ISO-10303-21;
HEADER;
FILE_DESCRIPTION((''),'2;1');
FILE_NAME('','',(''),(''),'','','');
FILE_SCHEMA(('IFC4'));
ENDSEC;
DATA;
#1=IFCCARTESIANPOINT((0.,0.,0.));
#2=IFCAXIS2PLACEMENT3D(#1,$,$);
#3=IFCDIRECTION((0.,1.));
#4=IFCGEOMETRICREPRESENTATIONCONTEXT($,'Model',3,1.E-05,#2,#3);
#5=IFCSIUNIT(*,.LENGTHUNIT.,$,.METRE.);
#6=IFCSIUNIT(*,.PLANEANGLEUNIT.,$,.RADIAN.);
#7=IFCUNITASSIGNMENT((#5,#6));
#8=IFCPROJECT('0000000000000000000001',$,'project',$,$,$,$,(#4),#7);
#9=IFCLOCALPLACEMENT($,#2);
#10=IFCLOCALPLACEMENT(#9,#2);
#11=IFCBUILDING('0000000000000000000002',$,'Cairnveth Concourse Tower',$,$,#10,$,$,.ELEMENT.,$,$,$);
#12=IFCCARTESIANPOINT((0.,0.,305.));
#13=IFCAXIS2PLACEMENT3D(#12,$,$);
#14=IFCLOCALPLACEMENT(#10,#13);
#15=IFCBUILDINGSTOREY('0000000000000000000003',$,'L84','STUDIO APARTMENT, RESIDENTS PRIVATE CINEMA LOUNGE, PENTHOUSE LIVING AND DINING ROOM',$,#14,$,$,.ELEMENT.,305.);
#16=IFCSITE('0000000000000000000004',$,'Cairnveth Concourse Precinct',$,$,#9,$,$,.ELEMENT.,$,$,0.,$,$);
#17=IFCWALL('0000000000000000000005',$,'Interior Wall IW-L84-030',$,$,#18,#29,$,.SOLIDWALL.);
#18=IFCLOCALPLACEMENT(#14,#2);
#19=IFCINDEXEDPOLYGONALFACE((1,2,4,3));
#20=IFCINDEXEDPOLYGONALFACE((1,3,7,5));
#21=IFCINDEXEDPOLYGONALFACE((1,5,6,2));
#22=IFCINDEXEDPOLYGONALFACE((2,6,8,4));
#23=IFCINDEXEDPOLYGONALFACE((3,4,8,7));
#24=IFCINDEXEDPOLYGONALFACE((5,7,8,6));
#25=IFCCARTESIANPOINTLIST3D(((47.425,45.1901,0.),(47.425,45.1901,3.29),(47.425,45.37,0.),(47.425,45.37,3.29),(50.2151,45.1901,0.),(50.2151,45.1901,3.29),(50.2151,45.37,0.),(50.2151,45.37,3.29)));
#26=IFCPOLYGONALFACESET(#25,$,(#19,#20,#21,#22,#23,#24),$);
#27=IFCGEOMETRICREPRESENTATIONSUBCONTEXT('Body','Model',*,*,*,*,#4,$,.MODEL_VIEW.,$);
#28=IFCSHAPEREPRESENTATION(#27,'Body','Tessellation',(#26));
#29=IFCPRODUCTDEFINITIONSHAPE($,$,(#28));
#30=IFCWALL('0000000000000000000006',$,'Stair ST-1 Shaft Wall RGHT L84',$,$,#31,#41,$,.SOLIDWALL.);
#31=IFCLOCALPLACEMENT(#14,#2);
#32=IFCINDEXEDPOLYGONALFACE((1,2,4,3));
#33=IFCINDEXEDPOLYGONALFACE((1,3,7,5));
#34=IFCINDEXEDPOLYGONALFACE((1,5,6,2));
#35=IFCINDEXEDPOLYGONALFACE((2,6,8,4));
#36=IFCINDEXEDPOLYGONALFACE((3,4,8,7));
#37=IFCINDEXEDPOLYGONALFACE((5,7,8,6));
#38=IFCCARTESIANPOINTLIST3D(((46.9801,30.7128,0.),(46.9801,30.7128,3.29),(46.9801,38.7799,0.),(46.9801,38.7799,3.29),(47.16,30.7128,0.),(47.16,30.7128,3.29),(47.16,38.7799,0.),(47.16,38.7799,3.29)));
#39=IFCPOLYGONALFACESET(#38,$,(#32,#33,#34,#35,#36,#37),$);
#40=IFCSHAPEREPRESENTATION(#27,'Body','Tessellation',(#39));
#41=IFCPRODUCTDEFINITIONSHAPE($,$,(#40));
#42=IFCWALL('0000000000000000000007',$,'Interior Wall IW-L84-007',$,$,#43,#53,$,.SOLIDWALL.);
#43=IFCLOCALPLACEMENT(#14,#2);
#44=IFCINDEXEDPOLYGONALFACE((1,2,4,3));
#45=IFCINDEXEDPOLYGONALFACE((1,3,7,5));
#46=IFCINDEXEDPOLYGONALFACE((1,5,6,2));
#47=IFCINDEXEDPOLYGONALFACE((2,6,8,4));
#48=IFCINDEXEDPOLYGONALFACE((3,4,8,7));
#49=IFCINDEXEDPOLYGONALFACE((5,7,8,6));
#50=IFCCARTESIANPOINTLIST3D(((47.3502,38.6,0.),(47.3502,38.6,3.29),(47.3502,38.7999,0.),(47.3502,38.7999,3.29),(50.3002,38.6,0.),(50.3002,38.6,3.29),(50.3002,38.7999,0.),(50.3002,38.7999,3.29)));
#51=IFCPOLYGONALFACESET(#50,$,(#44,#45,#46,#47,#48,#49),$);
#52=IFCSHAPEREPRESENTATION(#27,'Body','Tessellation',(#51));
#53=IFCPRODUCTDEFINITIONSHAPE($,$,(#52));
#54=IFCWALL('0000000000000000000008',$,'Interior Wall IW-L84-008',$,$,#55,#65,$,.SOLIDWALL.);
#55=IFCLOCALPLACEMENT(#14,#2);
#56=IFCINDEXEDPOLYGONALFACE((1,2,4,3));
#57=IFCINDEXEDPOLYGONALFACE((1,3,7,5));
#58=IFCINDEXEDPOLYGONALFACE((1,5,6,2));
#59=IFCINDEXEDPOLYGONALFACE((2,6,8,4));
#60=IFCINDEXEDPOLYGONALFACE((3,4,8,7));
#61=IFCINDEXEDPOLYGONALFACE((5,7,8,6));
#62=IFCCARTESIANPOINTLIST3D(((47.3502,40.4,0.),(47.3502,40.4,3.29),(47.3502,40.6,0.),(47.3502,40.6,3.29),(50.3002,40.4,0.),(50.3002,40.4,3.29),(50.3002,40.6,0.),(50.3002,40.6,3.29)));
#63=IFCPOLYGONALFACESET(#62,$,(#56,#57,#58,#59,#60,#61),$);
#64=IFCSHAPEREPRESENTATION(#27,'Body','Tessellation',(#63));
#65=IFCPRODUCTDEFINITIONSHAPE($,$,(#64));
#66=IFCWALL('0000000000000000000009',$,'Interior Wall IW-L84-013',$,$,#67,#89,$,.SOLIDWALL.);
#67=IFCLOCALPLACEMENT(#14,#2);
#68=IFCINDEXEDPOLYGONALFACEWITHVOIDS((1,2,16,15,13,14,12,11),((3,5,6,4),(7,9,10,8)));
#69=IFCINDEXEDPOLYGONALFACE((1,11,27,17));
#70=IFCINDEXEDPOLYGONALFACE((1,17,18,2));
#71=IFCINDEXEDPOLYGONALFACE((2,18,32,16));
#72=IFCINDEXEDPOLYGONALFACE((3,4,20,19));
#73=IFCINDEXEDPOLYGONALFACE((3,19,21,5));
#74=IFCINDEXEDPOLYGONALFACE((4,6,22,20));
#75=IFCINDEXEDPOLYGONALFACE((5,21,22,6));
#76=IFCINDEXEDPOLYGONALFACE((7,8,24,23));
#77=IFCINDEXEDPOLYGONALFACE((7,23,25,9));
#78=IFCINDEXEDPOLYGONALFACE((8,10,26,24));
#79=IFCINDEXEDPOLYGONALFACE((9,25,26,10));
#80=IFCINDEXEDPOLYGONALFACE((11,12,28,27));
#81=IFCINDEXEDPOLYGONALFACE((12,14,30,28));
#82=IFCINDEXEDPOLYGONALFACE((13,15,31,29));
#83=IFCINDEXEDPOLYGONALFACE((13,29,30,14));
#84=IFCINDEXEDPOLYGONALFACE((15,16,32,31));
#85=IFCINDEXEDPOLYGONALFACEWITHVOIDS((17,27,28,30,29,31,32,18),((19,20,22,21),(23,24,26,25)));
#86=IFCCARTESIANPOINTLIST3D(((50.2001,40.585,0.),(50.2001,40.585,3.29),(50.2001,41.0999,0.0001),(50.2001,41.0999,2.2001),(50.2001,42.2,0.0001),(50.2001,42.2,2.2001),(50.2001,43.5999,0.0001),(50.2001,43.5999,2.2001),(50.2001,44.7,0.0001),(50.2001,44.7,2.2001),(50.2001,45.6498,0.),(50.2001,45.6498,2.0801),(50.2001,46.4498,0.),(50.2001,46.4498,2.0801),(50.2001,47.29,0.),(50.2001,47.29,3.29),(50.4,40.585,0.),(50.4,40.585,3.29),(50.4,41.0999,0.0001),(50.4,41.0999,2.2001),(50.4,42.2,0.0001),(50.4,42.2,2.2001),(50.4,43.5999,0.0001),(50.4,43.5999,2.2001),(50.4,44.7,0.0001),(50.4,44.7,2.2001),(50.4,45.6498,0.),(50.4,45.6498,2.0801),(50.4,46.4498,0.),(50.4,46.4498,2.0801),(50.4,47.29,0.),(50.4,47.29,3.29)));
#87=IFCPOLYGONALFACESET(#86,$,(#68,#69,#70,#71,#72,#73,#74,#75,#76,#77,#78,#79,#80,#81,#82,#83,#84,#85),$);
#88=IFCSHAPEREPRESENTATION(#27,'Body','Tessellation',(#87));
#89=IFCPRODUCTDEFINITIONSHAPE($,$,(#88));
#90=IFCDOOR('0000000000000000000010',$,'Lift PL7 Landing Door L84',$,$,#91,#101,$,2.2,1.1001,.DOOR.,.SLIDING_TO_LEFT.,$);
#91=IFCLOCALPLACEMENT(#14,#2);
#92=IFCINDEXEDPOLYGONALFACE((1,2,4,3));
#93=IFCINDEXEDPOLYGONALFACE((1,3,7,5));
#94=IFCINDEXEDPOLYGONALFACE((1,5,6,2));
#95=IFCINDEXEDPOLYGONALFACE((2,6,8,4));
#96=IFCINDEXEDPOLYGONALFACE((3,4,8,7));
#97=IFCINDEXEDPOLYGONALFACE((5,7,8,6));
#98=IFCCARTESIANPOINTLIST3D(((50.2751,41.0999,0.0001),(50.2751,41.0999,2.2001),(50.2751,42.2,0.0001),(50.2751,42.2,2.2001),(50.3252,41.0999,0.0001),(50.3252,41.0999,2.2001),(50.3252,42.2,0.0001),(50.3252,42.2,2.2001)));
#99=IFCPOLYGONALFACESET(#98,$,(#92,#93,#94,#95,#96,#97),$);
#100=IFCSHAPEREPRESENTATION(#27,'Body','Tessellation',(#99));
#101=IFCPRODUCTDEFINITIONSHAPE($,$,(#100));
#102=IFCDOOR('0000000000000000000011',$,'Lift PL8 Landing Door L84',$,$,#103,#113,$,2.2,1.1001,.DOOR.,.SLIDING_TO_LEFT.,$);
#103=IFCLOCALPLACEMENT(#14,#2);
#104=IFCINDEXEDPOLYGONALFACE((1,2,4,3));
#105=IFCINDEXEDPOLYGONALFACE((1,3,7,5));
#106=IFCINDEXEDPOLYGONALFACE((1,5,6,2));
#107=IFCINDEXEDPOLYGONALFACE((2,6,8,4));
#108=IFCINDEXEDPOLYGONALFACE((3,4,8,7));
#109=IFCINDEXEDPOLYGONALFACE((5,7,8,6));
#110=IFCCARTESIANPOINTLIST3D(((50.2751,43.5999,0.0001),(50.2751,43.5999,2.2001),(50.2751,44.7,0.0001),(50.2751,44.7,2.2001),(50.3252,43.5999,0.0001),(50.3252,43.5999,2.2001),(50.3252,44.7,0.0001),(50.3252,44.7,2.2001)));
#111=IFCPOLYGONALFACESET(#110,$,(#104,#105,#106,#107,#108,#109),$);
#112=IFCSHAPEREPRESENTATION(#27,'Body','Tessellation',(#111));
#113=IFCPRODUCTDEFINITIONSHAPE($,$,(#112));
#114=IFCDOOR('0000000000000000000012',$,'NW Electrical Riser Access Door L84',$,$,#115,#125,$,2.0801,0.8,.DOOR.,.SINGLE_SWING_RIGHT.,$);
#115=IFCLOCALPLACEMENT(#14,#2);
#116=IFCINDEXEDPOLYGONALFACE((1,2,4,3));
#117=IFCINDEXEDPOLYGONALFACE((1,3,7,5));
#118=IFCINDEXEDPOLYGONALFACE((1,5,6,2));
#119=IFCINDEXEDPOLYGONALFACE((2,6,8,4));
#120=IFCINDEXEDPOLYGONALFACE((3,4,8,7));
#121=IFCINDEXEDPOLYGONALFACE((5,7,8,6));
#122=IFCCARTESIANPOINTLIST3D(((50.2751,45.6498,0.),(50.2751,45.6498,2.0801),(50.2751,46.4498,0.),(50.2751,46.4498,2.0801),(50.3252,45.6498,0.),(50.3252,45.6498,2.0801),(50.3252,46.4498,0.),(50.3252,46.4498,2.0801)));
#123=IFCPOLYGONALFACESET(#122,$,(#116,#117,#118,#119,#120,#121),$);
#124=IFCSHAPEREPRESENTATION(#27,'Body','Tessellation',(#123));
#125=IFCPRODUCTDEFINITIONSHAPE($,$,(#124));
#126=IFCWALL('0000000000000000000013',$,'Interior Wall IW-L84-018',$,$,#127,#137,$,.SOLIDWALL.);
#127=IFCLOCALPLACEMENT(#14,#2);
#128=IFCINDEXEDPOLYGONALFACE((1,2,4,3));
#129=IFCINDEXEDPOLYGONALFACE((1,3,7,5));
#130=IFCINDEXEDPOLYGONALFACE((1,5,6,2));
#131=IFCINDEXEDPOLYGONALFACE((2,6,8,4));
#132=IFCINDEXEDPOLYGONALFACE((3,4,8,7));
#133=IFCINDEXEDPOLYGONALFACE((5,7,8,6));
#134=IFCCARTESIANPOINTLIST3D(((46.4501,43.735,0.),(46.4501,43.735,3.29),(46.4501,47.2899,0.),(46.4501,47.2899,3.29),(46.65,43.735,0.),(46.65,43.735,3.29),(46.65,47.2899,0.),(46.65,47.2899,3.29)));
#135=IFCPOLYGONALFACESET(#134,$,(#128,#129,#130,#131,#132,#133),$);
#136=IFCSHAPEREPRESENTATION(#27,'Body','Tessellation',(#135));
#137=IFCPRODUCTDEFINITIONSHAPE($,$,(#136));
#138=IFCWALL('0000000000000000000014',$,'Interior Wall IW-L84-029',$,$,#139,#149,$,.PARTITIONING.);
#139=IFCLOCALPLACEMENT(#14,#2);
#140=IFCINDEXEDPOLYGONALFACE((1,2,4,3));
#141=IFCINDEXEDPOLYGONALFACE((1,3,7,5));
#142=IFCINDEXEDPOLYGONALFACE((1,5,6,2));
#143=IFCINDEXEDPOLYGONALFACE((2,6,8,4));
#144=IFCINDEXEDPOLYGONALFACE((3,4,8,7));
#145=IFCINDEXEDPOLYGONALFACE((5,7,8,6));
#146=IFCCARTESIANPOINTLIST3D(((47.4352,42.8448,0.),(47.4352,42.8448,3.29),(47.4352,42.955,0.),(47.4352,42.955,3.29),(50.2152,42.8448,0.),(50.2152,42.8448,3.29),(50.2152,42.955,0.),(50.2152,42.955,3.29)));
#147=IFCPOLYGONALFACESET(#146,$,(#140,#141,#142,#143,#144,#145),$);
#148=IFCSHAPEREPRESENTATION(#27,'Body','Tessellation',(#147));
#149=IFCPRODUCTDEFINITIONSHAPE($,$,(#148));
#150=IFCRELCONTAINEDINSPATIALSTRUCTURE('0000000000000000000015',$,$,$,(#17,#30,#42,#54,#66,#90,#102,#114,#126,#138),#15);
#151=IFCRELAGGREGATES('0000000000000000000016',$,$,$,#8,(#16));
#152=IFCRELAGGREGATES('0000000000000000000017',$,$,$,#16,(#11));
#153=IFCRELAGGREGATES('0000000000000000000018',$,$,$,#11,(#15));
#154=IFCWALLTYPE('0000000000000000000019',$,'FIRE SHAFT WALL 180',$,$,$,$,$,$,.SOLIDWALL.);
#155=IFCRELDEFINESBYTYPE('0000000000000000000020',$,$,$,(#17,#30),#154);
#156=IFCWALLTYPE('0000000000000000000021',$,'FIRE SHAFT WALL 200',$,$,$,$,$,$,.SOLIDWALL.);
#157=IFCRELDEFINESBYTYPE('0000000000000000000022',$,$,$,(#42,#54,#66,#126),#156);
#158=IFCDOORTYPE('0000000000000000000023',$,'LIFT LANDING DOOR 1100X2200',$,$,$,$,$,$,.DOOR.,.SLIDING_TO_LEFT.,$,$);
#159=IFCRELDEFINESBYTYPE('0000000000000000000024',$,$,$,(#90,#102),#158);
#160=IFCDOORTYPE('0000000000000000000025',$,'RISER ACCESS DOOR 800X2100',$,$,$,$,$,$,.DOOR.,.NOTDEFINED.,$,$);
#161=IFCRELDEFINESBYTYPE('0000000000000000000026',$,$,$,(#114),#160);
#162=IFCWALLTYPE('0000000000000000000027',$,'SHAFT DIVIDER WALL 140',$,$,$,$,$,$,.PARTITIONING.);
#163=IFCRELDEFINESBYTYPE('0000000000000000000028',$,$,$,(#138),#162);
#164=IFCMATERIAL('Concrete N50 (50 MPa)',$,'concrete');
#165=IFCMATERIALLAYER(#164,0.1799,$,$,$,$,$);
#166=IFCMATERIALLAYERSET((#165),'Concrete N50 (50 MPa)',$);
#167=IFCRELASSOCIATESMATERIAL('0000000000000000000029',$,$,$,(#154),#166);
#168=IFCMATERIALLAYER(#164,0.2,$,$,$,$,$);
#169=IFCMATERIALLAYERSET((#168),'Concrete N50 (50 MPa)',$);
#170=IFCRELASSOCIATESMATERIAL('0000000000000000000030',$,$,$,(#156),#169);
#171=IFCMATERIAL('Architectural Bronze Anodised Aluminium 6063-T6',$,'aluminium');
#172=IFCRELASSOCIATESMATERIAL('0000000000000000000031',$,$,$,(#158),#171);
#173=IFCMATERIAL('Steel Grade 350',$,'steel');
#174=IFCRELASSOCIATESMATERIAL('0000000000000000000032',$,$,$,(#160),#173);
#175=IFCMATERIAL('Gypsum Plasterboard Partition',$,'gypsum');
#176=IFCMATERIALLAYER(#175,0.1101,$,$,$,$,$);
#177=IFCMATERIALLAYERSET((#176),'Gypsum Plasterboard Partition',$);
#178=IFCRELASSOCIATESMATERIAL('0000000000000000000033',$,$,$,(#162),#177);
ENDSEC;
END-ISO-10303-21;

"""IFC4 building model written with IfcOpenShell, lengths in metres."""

from ifc_helpers import new_model, si_unit, direction, frame, frame_2d, origin, place, context, subcontext, project, spatial, rectangle, extrude, material, layer, layer_set, type_object, element, fill, save


model = new_model("IFC4")

# Units and contexts
model_context = context("Model", 3, precision=1e-05, world=origin(), true_north=direction((0.0, 1.0)))
body_context = subcontext(model_context, "Body", "Model", "MODEL_VIEW")
ifc_project = project(units=[si_unit("LENGTHUNIT", "METRE"), si_unit("PLANEANGLEUNIT", "RADIAN")], contexts=[model_context])

# Site, building, storey
site_placement = place(None, origin())
site = spatial("IfcSite", under=ifc_project, at=site_placement, Name="Cairnveth Concourse Precinct", CompositionType="ELEMENT", RefElevation=0.0)
building_placement = place(site_placement, origin())
building = spatial("IfcBuilding", under=site, at=building_placement, Name="Cairnveth Concourse Tower", CompositionType="ELEMENT")
storey_placement = place(building_placement, frame((0.0, 0.0, 305.0)))
storey = spatial("IfcBuildingStorey", under=building, at=storey_placement, Name="L84", Description="STUDIO APARTMENT, RESIDENTS PRIVATE CINEMA LOUNGE, PENTHOUSE LIVING AND DINING ROOM", CompositionType="ELEMENT", Elevation=305.0)

# Shared definitions
ifc_material_1 = material(Name="Steel Grade 350", Category="steel")

# Walls
ifc_material_2 = material(Name="Concrete N50 (50 MPa)", Category="concrete")
ifc_layer_1 = layer(ifc_material_2, 0.1799)
ifc_layer_set_1 = layer_set([ifc_layer_1], Name="Concrete N50 (50 MPa)")
wall_type_1 = type_object("IfcWallType", Name="FIRE SHAFT WALL 180", PredefinedType="SOLIDWALL", material=ifc_layer_set_1)
wall_1_placement = place(storey_placement, frame((47.425, 45.28, 0.0), z_axis=(0.0, 0.0, 1.0), x_axis=(1.0, 0.0, 0.0)))
element("IfcWall", 1, at=wall_1_placement, inside=storey, type_object=wall_type_1, Name="Interior Wall IW-L84-030", PredefinedType="SOLIDWALL", context=body_context, shape_type="SweptSolid", body=[
    extrude(rectangle(XDim=2.79, YDim=0.1799, at=frame_2d((1.395, 0.0))), origin(), (0.0, 0.0, 1.0), 3.29),
])
wall_2_placement = place(storey_placement, frame((47.0701, 38.78, 0.0), z_axis=(0.0, 0.0, 1.0), x_axis=(0.0, -1.0, 0.0)))
element("IfcWall", 2, at=wall_2_placement, inside=storey, type_object=wall_type_1, Name="Stair ST-1 Shaft Wall RGHT L84", PredefinedType="SOLIDWALL", context=body_context, shape_type="SweptSolid", body=[
    extrude(rectangle(XDim=8.0671, YDim=0.1799, at=frame_2d((4.0337, 0.0))), origin(), (0.0, 0.0, 1.0), 3.29),
])
ifc_layer_2 = layer(ifc_material_2, 0.2)
ifc_layer_set_2 = layer_set([ifc_layer_2], Name="Concrete N50 (50 MPa)")
wall_type_2 = type_object("IfcWallType", Name="FIRE SHAFT WALL 200", PredefinedType="SOLIDWALL", material=ifc_layer_set_2)
for number, where, z_axis, x_axis, name in (
    (3, (47.3501, 38.7, 0.0), (0.0, 0.0, 1.0), (1.0, 0.0, 0.0), "Interior Wall IW-L84-007"),
    (4, (47.3501, 40.5, 0.0), (0.0, 0.0, 1.0), (1.0, 0.0, 0.0), "Interior Wall IW-L84-008"),
):
    element("IfcWall", number, at=place(storey_placement, frame(where, z_axis=z_axis, x_axis=x_axis)), inside=storey, type_object=wall_type_2, Name=name, PredefinedType="SOLIDWALL", context=body_context, shape_type="SweptSolid", body=[
        extrude(rectangle(XDim=2.95, YDim=0.2, at=frame_2d((1.4751, 0.0))), origin(), (0.0, 0.0, 1.0), 3.29),
    ])

# Wall, openings, doors
wall_3_placement = place(storey_placement, frame((50.3, 40.585, 0.0), z_axis=(0.0, 0.0, 1.0), x_axis=(0.0, 1.0, 0.0)))
wall_3 = element("IfcWall", 5, at=wall_3_placement, inside=storey, type_object=wall_type_2, Name="Interior Wall IW-L84-013", PredefinedType="SOLIDWALL", context=body_context, shape_type="SweptSolid", body=[
    extrude(rectangle(XDim=6.7051, YDim=0.2, at=frame_2d((3.3525, 0.0))), origin(), (0.0, 0.0, 1.0), 3.29),
])
opening_1_placement = place(wall_3_placement, frame((0.5149, 0.0, 0.0)))
opening_1 = element("IfcOpeningElement", 6, at=opening_1_placement, cuts=wall_3, PredefinedType="OPENING", context=body_context, shape_type="SweptSolid", body=[
    extrude(rectangle(XDim=1.1001, YDim=2.2, at=frame_2d((0.55, 1.1001))), frame((0.0, 0.1099, 0.0), z_axis=(0.0, -1.0, 0.0), x_axis=(1.0, 0.0, 0.0)), (0.0, 0.0, 1.0), 0.22),
])
opening_2_placement = place(wall_3_placement, frame((3.0149, 0.0, 0.0)))
opening_2 = element("IfcOpeningElement", 7, at=opening_2_placement, cuts=wall_3, PredefinedType="OPENING", context=body_context, shape_type="SweptSolid", body=[
    extrude(rectangle(XDim=1.1001, YDim=2.2, at=frame_2d((0.55, 1.1001))), frame((0.0, 0.1099, 0.0), z_axis=(0.0, -1.0, 0.0), x_axis=(1.0, 0.0, 0.0)), (0.0, 0.0, 1.0), 0.22),
])
opening_3_placement = place(wall_3_placement, frame((5.0649, 0.0, 0.0)))
opening_3 = element("IfcOpeningElement", 8, at=opening_3_placement, cuts=wall_3, PredefinedType="OPENING", context=body_context, shape_type="SweptSolid", body=[
    extrude(rectangle(XDim=0.8, YDim=2.0801, at=frame_2d((0.3999, 1.04))), frame((0.0, 0.1099, 0.0), z_axis=(0.0, -1.0, 0.0), x_axis=(1.0, 0.0, 0.0)), (0.0, 0.0, 1.0), 0.22),
])
ifc_material_3 = material(Name="Architectural Bronze Anodised Aluminium 6063-T6", Category="aluminium")
door_type_1 = type_object("IfcDoorType", Name="LIFT LANDING DOOR 1100X2200", OperationType="SLIDING_TO_LEFT", PredefinedType="DOOR", material=ifc_material_3)
door_1_placement = place(opening_1_placement, origin())
door_1 = element("IfcDoor", 9, at=door_1_placement, inside=storey, type_object=door_type_1, Name="Lift PL7 Landing Door L84", OperationType="SLIDING_TO_LEFT", OverallHeight=2.2, OverallWidth=1.1001, PredefinedType="DOOR", context=body_context, shape_type="SweptSolid", body=[
    extrude(rectangle(XDim=1.1001, YDim=2.2, at=frame_2d((0.55, 1.1001))), frame((0.0, 0.0249, 0.0), z_axis=(0.0, -1.0, 0.0), x_axis=(1.0, 0.0, 0.0)), (0.0, 0.0, 1.0), 0.05),
])
fill(opening_1, door_1)
door_2_placement = place(opening_2_placement, origin())
door_2 = element("IfcDoor", 10, at=door_2_placement, inside=storey, type_object=door_type_1, Name="Lift PL8 Landing Door L84", OperationType="SLIDING_TO_LEFT", OverallHeight=2.2, OverallWidth=1.1001, PredefinedType="DOOR", context=body_context, shape_type="SweptSolid", body=[
    extrude(rectangle(XDim=1.1001, YDim=2.2, at=frame_2d((0.55, 1.1001))), frame((0.0, 0.0249, 0.0), z_axis=(0.0, -1.0, 0.0), x_axis=(1.0, 0.0, 0.0)), (0.0, 0.0, 1.0), 0.05),
])
fill(opening_2, door_2)
door_type_2 = type_object("IfcDoorType", Name="RISER ACCESS DOOR 800X2100", OperationType="NOTDEFINED", PredefinedType="DOOR", material=ifc_material_1)
door_3_placement = place(opening_3_placement, origin())
door_3 = element("IfcDoor", 11, at=door_3_placement, inside=storey, type_object=door_type_2, Name="NW Electrical Riser Access Door L84", OperationType="SINGLE_SWING_RIGHT", OverallHeight=2.0801, OverallWidth=0.8, PredefinedType="DOOR", context=body_context, shape_type="SweptSolid", body=[
    extrude(rectangle(XDim=0.8, YDim=2.0801, at=frame_2d((0.3999, 1.04))), frame((0.0, 0.0249, 0.0), z_axis=(0.0, -1.0, 0.0), x_axis=(1.0, 0.0, 0.0)), (0.0, 0.0, 1.0), 0.05),
])
fill(opening_3, door_3)

# Walls
wall_4_placement = place(storey_placement, frame((46.55, 43.7351, 0.0), z_axis=(0.0, 0.0, 1.0), x_axis=(0.0, 1.0, 0.0)))
element("IfcWall", 12, at=wall_4_placement, inside=storey, type_object=wall_type_2, Name="Interior Wall IW-L84-018", PredefinedType="SOLIDWALL", context=body_context, shape_type="SweptSolid", body=[
    extrude(rectangle(XDim=3.5549, YDim=0.2, at=frame_2d((1.7773, 0.0))), origin(), (0.0, 0.0, 1.0), 3.29),
])
ifc_material_4 = material(Name="Gypsum Plasterboard Partition", Category="gypsum")
ifc_layer_3 = layer(ifc_material_4, 0.1101)
ifc_layer_set_3 = layer_set([ifc_layer_3], Name="Gypsum Plasterboard Partition")
wall_type_3 = type_object("IfcWallType", Name="SHAFT DIVIDER WALL 140", PredefinedType="PARTITIONING", material=ifc_layer_set_3)
wall_5_placement = place(storey_placement, frame((47.4351, 42.8999, 0.0), z_axis=(0.0, 0.0, 1.0), x_axis=(1.0, 0.0, 0.0)))
element("IfcWall", 13, at=wall_5_placement, inside=storey, type_object=wall_type_3, Name="Interior Wall IW-L84-029", PredefinedType="PARTITIONING", context=body_context, shape_type="SweptSolid", body=[
    extrude(rectangle(XDim=2.78, YDim=0.1101, at=frame_2d((1.3901, 0.0))), origin(), (0.0, 0.0, 1.0), 3.29),
])

save(model, "model.ifc")
